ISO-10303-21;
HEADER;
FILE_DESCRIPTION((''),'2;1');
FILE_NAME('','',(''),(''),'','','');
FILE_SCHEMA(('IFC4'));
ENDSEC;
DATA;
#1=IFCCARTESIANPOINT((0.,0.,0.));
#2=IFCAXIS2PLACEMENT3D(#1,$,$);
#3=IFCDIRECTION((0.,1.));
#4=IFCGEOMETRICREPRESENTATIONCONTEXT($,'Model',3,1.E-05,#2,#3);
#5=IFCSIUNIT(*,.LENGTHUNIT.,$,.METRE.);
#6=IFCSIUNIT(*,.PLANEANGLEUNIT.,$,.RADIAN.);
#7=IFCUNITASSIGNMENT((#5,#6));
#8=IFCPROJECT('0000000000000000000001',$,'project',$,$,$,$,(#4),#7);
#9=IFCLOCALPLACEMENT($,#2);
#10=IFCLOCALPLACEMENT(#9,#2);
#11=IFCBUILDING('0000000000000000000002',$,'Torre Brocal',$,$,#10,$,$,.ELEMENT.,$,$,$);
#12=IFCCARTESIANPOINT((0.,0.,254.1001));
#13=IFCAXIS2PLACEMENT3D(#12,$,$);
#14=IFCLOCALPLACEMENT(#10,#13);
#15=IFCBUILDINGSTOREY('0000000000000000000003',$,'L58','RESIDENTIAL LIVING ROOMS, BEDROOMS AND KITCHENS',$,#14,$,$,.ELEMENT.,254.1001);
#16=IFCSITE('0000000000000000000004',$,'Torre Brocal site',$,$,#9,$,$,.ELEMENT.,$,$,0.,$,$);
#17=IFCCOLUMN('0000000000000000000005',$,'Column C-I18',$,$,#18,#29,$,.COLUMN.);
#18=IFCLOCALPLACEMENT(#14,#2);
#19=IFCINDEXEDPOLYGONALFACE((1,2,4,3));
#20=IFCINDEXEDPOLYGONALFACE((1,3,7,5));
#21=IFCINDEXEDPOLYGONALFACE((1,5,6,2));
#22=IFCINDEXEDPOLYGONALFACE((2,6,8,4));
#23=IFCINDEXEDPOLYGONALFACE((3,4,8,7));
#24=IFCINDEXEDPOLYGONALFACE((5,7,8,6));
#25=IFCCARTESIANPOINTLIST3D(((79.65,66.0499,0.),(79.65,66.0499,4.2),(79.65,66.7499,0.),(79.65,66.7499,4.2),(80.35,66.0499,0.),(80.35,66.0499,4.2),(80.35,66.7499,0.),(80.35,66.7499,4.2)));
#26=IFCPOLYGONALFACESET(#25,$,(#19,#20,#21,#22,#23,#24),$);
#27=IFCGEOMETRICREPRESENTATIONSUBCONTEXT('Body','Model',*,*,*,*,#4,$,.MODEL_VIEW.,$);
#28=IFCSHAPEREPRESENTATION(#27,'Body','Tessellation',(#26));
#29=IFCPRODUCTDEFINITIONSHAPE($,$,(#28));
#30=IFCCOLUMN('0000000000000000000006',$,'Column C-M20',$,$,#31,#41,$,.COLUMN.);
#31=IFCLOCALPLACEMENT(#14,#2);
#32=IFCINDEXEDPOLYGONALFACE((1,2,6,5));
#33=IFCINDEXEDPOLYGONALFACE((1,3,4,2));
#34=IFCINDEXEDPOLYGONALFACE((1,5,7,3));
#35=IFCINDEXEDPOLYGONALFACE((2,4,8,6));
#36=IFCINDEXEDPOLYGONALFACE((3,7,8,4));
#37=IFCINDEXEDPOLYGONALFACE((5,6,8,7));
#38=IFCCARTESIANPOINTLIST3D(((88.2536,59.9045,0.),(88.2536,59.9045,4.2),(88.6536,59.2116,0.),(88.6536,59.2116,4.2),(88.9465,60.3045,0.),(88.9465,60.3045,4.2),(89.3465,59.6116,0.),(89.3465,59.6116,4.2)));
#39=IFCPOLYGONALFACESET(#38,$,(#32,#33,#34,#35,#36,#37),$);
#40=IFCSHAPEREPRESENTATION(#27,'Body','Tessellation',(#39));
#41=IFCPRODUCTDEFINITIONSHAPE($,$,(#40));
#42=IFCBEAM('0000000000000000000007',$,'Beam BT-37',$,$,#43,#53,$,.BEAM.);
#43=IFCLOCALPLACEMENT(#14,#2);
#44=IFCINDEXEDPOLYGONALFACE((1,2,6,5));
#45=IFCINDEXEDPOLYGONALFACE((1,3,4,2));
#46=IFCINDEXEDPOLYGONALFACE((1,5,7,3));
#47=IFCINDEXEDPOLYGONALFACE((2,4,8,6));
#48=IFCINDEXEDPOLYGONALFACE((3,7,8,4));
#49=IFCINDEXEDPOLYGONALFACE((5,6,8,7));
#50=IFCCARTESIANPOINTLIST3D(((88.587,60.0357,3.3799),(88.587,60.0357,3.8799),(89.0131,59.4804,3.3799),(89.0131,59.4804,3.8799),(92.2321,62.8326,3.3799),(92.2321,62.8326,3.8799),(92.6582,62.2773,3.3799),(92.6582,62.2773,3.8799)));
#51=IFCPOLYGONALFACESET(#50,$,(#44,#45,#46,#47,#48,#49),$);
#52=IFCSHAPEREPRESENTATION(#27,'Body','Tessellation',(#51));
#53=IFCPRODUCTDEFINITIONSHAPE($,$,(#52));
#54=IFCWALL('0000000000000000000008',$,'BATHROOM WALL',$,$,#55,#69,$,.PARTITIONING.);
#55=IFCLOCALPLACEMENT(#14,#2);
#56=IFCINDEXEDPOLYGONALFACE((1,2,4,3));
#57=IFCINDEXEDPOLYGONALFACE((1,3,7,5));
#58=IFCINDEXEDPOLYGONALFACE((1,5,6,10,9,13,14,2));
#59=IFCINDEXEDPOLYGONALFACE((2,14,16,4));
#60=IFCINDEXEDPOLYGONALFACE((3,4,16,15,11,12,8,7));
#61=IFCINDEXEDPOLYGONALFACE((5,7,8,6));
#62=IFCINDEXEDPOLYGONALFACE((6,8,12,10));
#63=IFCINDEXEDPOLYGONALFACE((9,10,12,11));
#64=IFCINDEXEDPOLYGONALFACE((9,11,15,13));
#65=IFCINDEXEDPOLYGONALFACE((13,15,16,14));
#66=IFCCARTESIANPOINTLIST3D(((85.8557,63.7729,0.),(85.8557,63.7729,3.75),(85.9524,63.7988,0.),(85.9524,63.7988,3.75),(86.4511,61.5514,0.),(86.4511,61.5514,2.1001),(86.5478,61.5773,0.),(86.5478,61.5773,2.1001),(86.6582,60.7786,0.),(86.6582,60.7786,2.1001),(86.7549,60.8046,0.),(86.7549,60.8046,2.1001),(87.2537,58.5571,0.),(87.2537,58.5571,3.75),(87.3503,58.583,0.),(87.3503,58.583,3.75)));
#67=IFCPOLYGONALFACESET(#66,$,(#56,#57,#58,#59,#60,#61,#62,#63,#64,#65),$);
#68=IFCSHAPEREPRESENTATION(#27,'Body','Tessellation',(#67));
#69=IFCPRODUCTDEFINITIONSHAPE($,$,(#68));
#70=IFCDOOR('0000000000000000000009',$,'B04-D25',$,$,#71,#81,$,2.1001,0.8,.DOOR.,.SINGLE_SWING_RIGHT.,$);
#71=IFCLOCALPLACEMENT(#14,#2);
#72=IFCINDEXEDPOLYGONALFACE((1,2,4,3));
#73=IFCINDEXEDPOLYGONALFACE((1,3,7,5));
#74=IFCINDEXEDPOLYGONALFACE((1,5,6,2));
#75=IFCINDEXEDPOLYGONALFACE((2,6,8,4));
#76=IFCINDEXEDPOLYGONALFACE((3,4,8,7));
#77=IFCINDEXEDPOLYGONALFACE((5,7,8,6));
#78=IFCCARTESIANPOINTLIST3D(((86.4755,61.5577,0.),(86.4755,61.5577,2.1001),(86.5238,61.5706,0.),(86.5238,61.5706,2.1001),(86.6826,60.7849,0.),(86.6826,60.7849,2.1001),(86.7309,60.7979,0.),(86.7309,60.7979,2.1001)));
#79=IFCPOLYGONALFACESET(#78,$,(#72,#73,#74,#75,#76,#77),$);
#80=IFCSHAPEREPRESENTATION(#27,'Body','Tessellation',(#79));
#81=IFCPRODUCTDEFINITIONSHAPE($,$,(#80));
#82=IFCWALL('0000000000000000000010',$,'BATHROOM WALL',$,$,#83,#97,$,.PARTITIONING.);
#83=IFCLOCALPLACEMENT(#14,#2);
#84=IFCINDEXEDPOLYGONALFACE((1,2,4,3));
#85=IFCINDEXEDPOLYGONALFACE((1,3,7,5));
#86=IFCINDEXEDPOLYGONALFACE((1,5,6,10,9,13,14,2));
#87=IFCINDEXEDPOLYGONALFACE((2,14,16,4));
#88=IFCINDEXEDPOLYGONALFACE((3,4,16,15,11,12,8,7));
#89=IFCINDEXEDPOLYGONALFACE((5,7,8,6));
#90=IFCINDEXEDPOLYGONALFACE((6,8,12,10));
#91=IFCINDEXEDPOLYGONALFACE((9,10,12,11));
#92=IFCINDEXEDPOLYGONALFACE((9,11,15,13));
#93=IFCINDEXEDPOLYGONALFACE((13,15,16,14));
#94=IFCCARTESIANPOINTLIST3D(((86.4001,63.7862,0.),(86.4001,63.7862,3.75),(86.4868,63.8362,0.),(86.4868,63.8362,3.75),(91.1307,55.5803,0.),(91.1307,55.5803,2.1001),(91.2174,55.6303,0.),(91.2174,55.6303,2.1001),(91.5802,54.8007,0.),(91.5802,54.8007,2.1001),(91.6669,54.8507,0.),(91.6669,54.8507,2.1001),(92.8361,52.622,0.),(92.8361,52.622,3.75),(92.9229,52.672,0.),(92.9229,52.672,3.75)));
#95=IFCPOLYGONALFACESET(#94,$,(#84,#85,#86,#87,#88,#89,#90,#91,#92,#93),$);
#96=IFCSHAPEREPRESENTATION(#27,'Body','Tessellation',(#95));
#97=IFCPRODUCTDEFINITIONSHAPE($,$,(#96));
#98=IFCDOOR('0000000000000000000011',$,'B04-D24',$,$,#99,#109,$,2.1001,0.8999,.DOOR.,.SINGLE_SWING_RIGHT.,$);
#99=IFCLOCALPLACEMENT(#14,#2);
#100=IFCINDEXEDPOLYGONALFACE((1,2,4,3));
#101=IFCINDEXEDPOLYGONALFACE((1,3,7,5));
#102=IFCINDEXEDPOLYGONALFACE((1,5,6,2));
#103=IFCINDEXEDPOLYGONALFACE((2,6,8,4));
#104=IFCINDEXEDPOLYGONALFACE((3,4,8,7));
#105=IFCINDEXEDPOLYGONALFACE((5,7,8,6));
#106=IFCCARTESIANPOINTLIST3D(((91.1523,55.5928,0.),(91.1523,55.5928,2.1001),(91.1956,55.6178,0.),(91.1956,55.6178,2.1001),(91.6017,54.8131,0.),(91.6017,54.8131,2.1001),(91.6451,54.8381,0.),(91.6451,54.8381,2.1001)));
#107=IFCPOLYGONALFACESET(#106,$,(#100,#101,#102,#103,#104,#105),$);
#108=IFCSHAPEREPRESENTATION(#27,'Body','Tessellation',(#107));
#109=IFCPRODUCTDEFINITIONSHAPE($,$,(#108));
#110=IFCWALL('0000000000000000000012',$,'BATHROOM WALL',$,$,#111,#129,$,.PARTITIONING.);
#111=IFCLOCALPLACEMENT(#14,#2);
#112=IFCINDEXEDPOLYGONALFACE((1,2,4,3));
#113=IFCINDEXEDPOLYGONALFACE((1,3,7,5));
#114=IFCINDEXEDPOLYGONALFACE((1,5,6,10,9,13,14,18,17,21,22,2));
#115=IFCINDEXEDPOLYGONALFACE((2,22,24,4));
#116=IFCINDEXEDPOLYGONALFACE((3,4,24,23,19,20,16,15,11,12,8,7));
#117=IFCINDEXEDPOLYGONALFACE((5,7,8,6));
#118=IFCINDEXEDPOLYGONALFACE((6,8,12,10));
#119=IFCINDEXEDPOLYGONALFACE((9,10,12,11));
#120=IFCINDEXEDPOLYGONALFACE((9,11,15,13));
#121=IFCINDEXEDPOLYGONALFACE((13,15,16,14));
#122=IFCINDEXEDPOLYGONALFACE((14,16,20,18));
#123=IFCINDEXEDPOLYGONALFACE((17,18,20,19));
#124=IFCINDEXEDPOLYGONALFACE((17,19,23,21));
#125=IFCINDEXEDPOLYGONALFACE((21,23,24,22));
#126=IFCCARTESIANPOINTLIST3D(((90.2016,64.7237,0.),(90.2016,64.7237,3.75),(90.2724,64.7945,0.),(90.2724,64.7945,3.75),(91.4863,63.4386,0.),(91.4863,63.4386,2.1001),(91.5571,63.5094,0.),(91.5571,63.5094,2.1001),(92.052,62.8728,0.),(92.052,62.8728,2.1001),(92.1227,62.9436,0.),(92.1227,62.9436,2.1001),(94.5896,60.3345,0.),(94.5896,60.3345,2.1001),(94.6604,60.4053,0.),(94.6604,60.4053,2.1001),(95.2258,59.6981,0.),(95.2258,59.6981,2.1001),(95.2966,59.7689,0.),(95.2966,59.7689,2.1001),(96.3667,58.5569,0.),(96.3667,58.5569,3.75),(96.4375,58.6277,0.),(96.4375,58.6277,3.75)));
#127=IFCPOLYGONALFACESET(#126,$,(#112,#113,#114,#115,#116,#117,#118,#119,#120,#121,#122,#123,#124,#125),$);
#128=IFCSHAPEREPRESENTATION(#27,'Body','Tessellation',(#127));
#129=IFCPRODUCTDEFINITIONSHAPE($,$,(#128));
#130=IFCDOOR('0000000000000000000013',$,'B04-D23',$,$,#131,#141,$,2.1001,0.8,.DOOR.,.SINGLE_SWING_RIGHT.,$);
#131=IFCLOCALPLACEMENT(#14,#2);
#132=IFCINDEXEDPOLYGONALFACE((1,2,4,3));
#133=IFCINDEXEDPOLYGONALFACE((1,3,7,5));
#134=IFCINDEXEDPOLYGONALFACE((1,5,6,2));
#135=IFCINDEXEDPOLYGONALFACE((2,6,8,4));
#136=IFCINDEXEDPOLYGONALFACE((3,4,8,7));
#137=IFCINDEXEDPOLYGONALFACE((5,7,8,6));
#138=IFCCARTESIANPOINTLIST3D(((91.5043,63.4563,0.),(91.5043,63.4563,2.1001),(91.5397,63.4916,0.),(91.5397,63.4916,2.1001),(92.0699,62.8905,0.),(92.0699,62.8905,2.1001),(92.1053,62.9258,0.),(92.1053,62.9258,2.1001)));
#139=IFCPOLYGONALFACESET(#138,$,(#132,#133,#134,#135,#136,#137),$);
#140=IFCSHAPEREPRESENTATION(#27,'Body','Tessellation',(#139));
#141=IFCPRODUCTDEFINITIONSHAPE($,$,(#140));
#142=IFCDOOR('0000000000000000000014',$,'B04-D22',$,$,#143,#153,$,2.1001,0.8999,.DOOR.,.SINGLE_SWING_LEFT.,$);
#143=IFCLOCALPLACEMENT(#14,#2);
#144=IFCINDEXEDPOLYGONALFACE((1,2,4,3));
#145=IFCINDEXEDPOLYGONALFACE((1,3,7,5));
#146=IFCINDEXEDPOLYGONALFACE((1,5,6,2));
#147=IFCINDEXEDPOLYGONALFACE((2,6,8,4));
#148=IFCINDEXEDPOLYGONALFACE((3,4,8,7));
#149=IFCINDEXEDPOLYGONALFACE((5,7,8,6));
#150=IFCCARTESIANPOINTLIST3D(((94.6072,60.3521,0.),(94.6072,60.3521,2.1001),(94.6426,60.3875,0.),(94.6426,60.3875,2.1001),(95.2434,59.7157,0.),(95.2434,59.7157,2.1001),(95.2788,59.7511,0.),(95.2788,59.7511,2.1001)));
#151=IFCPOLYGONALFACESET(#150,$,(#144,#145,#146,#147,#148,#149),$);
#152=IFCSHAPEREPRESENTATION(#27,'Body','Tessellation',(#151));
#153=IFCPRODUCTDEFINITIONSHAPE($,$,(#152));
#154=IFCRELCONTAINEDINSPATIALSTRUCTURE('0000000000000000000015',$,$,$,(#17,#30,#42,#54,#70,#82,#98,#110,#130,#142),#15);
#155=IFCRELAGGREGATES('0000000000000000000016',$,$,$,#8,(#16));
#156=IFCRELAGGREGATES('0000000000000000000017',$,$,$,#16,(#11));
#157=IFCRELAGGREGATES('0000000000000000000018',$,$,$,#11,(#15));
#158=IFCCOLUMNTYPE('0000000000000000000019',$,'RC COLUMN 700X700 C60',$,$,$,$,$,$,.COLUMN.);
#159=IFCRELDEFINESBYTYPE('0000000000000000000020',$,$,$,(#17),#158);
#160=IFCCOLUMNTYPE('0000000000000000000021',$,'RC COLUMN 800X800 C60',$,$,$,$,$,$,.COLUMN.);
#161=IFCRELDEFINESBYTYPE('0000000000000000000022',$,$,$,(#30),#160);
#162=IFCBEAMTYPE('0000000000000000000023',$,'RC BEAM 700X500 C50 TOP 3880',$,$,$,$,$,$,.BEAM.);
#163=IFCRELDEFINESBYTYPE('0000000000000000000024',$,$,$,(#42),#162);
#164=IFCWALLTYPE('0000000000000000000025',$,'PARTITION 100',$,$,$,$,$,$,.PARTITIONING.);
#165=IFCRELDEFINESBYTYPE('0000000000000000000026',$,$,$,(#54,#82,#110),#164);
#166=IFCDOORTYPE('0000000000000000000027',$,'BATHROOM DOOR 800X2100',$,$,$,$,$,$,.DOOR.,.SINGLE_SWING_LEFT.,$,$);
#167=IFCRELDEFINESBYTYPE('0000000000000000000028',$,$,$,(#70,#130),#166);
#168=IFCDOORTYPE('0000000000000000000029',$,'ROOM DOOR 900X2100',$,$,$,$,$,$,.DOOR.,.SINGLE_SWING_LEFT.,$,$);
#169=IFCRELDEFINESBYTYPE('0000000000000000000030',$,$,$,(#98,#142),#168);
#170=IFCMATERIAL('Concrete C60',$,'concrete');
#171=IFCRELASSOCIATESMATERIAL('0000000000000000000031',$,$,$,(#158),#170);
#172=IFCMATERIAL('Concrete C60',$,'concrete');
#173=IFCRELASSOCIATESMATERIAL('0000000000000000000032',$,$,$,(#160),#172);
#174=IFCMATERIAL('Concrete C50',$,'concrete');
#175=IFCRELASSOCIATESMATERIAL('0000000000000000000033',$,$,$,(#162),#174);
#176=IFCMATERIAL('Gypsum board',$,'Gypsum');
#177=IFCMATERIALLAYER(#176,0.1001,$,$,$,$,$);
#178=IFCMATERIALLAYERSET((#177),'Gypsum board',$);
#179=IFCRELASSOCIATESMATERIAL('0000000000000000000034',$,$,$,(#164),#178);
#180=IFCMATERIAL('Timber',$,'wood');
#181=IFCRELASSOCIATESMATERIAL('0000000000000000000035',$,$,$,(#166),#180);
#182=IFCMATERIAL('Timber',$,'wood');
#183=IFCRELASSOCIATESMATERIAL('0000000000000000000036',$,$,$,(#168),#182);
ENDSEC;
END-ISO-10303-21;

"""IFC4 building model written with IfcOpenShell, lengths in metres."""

from ifc_helpers import new_model, si_unit, direction, frame, frame_2d, origin, origin_2d, place, context, subcontext, project, spatial, rectangle, extrude, material, layer, layer_set, material_profile, profile_set, type_object, element, fill, save


model = new_model("IFC4")

# Units and contexts
model_context = context("Model", 3, precision=1e-05, world=origin(), true_north=direction((0.0, 1.0)))
body_context = subcontext(model_context, "Body", "Model", "MODEL_VIEW")
ifc_project = project(units=[si_unit("LENGTHUNIT", "METRE"), si_unit("PLANEANGLEUNIT", "RADIAN")], contexts=[model_context])

# Site, building, storey
site_placement = place(None, origin())
site = spatial("IfcSite", under=ifc_project, at=site_placement, Name="Torre Brocal site", CompositionType="ELEMENT", RefElevation=0.0)
building_placement = place(site_placement, origin())
building = spatial("IfcBuilding", under=site, at=building_placement, Name="Torre Brocal", CompositionType="ELEMENT")
storey_placement = place(building_placement, frame((0.0, 0.0, 254.1001)))
storey = spatial("IfcBuildingStorey", under=building, at=storey_placement, Name="L58", Description="RESIDENTIAL LIVING ROOMS, BEDROOMS AND KITCHENS", CompositionType="ELEMENT", Elevation=254.1001)

# Columns
ifc_material_1 = material(Name="Concrete C60", Category="concrete")
ifc_material_profile_1 = material_profile(ifc_material_1, rectangle(XDim=0.7, YDim=0.7, at=origin_2d()), Name="RC 700X700")
ifc_profile_set_1 = profile_set([ifc_material_profile_1], Name="Concrete C60")
column_type_1 = type_object("IfcColumnType", Name="RC COLUMN 700X700 C60", PredefinedType="COLUMN", material=ifc_profile_set_1)
column_1_placement = place(storey_placement, frame((80.0, 66.3999, 0.0), z_axis=(0.0, 0.0, 1.0), x_axis=(0.0, -1.0, 0.0)))
element("IfcColumn", 1, at=column_1_placement, inside=storey, type_object=column_type_1, Name="Column C-I18", PredefinedType="COLUMN", context=body_context, shape_type="SweptSolid", body=[
    extrude(rectangle(XDim=0.7, YDim=0.7, at=origin_2d()), origin(), (0.0, 0.0, 1.0), 4.2),
])
ifc_material_2 = material(Name="Concrete C60", Category="concrete")
ifc_material_profile_2 = material_profile(ifc_material_2, rectangle(XDim=0.8, YDim=0.8, at=origin_2d()), Name="RC 800X800")
ifc_profile_set_2 = profile_set([ifc_material_profile_2], Name="Concrete C60")
column_type_2 = type_object("IfcColumnType", Name="RC COLUMN 800X800 C60", PredefinedType="COLUMN", material=ifc_profile_set_2)
column_2_placement = place(storey_placement, frame((88.8, 59.7581, 0.0), z_axis=(0.0, 0.0, 1.0), x_axis=(0.5, -0.866025, 0.0)))
element("IfcColumn", 2, at=column_2_placement, inside=storey, type_object=column_type_2, Name="Column C-M20", PredefinedType="COLUMN", context=body_context, shape_type="SweptSolid", body=[
    extrude(rectangle(XDim=0.8, YDim=0.8, at=origin_2d()), origin(), (0.0, 0.0, 1.0), 4.2),
])

# Beam
ifc_material_3 = material(Name="Concrete C50", Category="concrete")
ifc_material_profile_3 = material_profile(ifc_material_3, rectangle(XDim=0.7, YDim=0.5, at=origin_2d()), Name="RC 700X500")
ifc_profile_set_3 = profile_set([ifc_material_profile_3], Name="Concrete C50")
beam_type = type_object("IfcBeamType", Name="RC BEAM 700X500 C50 TOP 3880", PredefinedType="BEAM", material=ifc_profile_set_3)
beam_placement = place(storey_placement, frame((88.8, 59.7581, 3.6299), z_axis=(0.793358, 0.608755, 0.0), x_axis=(-0.608755, 0.793358, 0.0)))
element("IfcBeam", 3, at=beam_placement, inside=storey, type_object=beam_type, Name="Beam BT-37", PredefinedType="BEAM", context=body_context, shape_type="SweptSolid", body=[
    extrude(rectangle(XDim=0.7, YDim=0.5, at=origin_2d()), origin(), (0.0, 0.0, 1.0), 4.5945),
])

# Walls, openings, doors
ifc_material_4 = material(Name="Gypsum board", Category="Gypsum")
ifc_layer_1 = layer(ifc_material_4, 0.1001)
ifc_layer_set_1 = layer_set([ifc_layer_1], Name="Gypsum board")
wall_type_1 = type_object("IfcWallType", Name="PARTITION 100", PredefinedType="PARTITIONING", material=ifc_layer_set_1)
wall_1_placement = place(storey_placement, frame((85.9041, 63.7859, 0.0), z_axis=(0.0, 0.0, 1.0), x_axis=(0.258884, -0.965908, 0.0)))
wall_1 = element("IfcWall", 4, at=wall_1_placement, inside=storey, type_object=wall_type_1, Name="BATHROOM WALL", PredefinedType="PARTITIONING", context=body_context, shape_type="SweptSolid", body=[
    extrude(rectangle(XDim=5.3999, YDim=0.1001, at=frame_2d((2.7, 0.0))), origin(), (0.0, 0.0, 1.0), 3.75),
])
opening_1_placement = place(wall_1_placement, frame((2.3, 0.0, 0.0)))
opening_1 = element("IfcOpeningElement", 5, at=opening_1_placement, cuts=wall_1, PredefinedType="OPENING", context=body_context, shape_type="SweptSolid", body=[
    extrude(rectangle(XDim=0.8, YDim=2.1001, at=frame_2d((0.3999, 1.05))), frame((0.0, 0.0601, 0.0), z_axis=(0.0, -1.0, 0.0), x_axis=(1.0, 0.0, 0.0)), (0.0, 0.0, 1.0), 0.1201),
])
ifc_material_5 = material(Name="Timber", Category="wood")
door_type_1 = type_object("IfcDoorType", Name="BATHROOM DOOR 800X2100", OperationType="SINGLE_SWING_LEFT", PredefinedType="DOOR", material=ifc_material_5)
door_1_placement = place(opening_1_placement, frame((0.8, 0.0, 0.0), z_axis=(0.0, 0.0, 1.0), x_axis=(-1.0, 0.0, 0.0)))
door_1 = element("IfcDoor", 6, at=door_1_placement, inside=storey, type_object=door_type_1, Name="B04-D25", OperationType="SINGLE_SWING_RIGHT", OverallHeight=2.1001, OverallWidth=0.8, PredefinedType="DOOR", context=body_context, shape_type="SweptSolid", body=[
    extrude(rectangle(XDim=0.8, YDim=2.1001, at=frame_2d((0.3999, 1.05))), frame((0.0, 0.0249, 0.0), z_axis=(0.0, -1.0, 0.0), x_axis=(1.0, 0.0, 0.0)), (0.0, 0.0, 1.0), 0.05),
])
fill(opening_1, door_1)
wall_2_placement = place(storey_placement, frame((86.4434, 63.8113, 0.0), z_axis=(0.0, 0.0, 1.0), x_axis=(0.499445, -0.866346, 0.0)))
wall_2 = element("IfcWall", 7, at=wall_2_placement, inside=storey, type_object=wall_type_1, Name="BATHROOM WALL", PredefinedType="PARTITIONING", context=body_context, shape_type="SweptSolid", body=[
    extrude(rectangle(XDim=12.8865, YDim=0.1001, at=frame_2d((6.4434, 0.0))), origin(), (0.0, 0.0, 1.0), 3.75),
])
opening_2_placement = place(wall_2_placement, frame((9.4719, 0.0, 0.0)))
opening_2 = element("IfcOpeningElement", 8, at=opening_2_placement, cuts=wall_2, PredefinedType="OPENING", context=body_context, shape_type="SweptSolid", body=[
    extrude(rectangle(XDim=0.8999, YDim=2.1001, at=frame_2d((0.45, 1.05))), frame((0.0, 0.0601, 0.0), z_axis=(0.0, -1.0, 0.0), x_axis=(1.0, 0.0, 0.0)), (0.0, 0.0, 1.0), 0.1201),
])
ifc_material_6 = material(Name="Timber", Category="wood")
door_type_2 = type_object("IfcDoorType", Name="ROOM DOOR 900X2100", OperationType="SINGLE_SWING_LEFT", PredefinedType="DOOR", material=ifc_material_6)
door_2_placement = place(opening_2_placement, origin())
door_2 = element("IfcDoor", 9, at=door_2_placement, inside=storey, type_object=door_type_2, Name="B04-D24", OperationType="SINGLE_SWING_RIGHT", OverallHeight=2.1001, OverallWidth=0.8999, PredefinedType="DOOR", context=body_context, shape_type="SweptSolid", body=[
    extrude(rectangle(XDim=0.8999, YDim=2.1001, at=frame_2d((0.45, 1.05))), frame((0.0, 0.0249, 0.0), z_axis=(0.0, -1.0, 0.0), x_axis=(1.0, 0.0, 0.0)), (0.0, 0.0, 1.0), 0.05),
])
fill(opening_2, door_2)

# Wall, openings, doors
wall_3_placement = place(storey_placement, frame((90.2371, 64.759, 0.0), z_axis=(0.0, 0.0, 1.0), x_axis=(0.707009, -0.707205, 0.0)))
wall_3 = element("IfcWall", 10, at=wall_3_placement, inside=storey, type_object=wall_type_1, Name="BATHROOM WALL", PredefinedType="PARTITIONING", context=body_context, shape_type="SweptSolid", body=[
    extrude(rectangle(XDim=8.72, YDim=0.1001, at=frame_2d((4.3599, 0.0))), origin(), (0.0, 0.0, 1.0), 3.75),
])
opening_3_placement = place(wall_3_placement, frame((6.2063, 0.0, 0.0)))
opening_3 = element("IfcOpeningElement", 11, at=opening_3_placement, cuts=wall_3, PredefinedType="OPENING", context=body_context, shape_type="SweptSolid", body=[
    extrude(rectangle(XDim=0.8999, YDim=2.1001, at=frame_2d((0.45, 1.05))), frame((0.0, 0.0601, 0.0), z_axis=(0.0, -1.0, 0.0), x_axis=(1.0, 0.0, 0.0)), (0.0, 0.0, 1.0), 0.1201),
])
opening_4_placement = place(wall_3_placement, frame((1.8171, 0.0, 0.0)))
opening_4 = element("IfcOpeningElement", 12, at=opening_4_placement, cuts=wall_3, PredefinedType="OPENING", context=body_context, shape_type="SweptSolid", body=[
    extrude(rectangle(XDim=0.8, YDim=2.1001, at=frame_2d((0.3999, 1.05))), frame((0.0, 0.0601, 0.0), z_axis=(0.0, -1.0, 0.0), x_axis=(1.0, 0.0, 0.0)), (0.0, 0.0, 1.0), 0.1201),
])
door_3_placement = place(opening_4_placement, frame((0.8, 0.0, 0.0), z_axis=(0.0, 0.0, 1.0), x_axis=(-1.0, 0.0, 0.0)))
door_3 = element("IfcDoor", 13, at=door_3_placement, inside=storey, type_object=door_type_1, Name="B04-D23", OperationType="SINGLE_SWING_RIGHT", OverallHeight=2.1001, OverallWidth=0.8, PredefinedType="DOOR", context=body_context, shape_type="SweptSolid", body=[
    extrude(rectangle(XDim=0.8, YDim=2.1001, at=frame_2d((0.3999, 1.05))), frame((0.0, 0.0249, 0.0), z_axis=(0.0, -1.0, 0.0), x_axis=(1.0, 0.0, 0.0)), (0.0, 0.0, 1.0), 0.05),
])
fill(opening_4, door_3)
door_4_placement = place(opening_3_placement, origin())
door_4 = element("IfcDoor", 14, at=door_4_placement, inside=storey, type_object=door_type_2, Name="B04-D22", OperationType="SINGLE_SWING_LEFT", OverallHeight=2.1001, OverallWidth=0.8999, PredefinedType="DOOR", context=body_context, shape_type="SweptSolid", body=[
    extrude(rectangle(XDim=0.8999, YDim=2.1001, at=frame_2d((0.45, 1.05))), frame((0.0, 0.0249, 0.0), z_axis=(0.0, -1.0, 0.0), x_axis=(1.0, 0.0, 0.0)), (0.0, 0.0, 1.0), 0.05),
])
fill(opening_3, door_4)

save(model, "model.ifc")
